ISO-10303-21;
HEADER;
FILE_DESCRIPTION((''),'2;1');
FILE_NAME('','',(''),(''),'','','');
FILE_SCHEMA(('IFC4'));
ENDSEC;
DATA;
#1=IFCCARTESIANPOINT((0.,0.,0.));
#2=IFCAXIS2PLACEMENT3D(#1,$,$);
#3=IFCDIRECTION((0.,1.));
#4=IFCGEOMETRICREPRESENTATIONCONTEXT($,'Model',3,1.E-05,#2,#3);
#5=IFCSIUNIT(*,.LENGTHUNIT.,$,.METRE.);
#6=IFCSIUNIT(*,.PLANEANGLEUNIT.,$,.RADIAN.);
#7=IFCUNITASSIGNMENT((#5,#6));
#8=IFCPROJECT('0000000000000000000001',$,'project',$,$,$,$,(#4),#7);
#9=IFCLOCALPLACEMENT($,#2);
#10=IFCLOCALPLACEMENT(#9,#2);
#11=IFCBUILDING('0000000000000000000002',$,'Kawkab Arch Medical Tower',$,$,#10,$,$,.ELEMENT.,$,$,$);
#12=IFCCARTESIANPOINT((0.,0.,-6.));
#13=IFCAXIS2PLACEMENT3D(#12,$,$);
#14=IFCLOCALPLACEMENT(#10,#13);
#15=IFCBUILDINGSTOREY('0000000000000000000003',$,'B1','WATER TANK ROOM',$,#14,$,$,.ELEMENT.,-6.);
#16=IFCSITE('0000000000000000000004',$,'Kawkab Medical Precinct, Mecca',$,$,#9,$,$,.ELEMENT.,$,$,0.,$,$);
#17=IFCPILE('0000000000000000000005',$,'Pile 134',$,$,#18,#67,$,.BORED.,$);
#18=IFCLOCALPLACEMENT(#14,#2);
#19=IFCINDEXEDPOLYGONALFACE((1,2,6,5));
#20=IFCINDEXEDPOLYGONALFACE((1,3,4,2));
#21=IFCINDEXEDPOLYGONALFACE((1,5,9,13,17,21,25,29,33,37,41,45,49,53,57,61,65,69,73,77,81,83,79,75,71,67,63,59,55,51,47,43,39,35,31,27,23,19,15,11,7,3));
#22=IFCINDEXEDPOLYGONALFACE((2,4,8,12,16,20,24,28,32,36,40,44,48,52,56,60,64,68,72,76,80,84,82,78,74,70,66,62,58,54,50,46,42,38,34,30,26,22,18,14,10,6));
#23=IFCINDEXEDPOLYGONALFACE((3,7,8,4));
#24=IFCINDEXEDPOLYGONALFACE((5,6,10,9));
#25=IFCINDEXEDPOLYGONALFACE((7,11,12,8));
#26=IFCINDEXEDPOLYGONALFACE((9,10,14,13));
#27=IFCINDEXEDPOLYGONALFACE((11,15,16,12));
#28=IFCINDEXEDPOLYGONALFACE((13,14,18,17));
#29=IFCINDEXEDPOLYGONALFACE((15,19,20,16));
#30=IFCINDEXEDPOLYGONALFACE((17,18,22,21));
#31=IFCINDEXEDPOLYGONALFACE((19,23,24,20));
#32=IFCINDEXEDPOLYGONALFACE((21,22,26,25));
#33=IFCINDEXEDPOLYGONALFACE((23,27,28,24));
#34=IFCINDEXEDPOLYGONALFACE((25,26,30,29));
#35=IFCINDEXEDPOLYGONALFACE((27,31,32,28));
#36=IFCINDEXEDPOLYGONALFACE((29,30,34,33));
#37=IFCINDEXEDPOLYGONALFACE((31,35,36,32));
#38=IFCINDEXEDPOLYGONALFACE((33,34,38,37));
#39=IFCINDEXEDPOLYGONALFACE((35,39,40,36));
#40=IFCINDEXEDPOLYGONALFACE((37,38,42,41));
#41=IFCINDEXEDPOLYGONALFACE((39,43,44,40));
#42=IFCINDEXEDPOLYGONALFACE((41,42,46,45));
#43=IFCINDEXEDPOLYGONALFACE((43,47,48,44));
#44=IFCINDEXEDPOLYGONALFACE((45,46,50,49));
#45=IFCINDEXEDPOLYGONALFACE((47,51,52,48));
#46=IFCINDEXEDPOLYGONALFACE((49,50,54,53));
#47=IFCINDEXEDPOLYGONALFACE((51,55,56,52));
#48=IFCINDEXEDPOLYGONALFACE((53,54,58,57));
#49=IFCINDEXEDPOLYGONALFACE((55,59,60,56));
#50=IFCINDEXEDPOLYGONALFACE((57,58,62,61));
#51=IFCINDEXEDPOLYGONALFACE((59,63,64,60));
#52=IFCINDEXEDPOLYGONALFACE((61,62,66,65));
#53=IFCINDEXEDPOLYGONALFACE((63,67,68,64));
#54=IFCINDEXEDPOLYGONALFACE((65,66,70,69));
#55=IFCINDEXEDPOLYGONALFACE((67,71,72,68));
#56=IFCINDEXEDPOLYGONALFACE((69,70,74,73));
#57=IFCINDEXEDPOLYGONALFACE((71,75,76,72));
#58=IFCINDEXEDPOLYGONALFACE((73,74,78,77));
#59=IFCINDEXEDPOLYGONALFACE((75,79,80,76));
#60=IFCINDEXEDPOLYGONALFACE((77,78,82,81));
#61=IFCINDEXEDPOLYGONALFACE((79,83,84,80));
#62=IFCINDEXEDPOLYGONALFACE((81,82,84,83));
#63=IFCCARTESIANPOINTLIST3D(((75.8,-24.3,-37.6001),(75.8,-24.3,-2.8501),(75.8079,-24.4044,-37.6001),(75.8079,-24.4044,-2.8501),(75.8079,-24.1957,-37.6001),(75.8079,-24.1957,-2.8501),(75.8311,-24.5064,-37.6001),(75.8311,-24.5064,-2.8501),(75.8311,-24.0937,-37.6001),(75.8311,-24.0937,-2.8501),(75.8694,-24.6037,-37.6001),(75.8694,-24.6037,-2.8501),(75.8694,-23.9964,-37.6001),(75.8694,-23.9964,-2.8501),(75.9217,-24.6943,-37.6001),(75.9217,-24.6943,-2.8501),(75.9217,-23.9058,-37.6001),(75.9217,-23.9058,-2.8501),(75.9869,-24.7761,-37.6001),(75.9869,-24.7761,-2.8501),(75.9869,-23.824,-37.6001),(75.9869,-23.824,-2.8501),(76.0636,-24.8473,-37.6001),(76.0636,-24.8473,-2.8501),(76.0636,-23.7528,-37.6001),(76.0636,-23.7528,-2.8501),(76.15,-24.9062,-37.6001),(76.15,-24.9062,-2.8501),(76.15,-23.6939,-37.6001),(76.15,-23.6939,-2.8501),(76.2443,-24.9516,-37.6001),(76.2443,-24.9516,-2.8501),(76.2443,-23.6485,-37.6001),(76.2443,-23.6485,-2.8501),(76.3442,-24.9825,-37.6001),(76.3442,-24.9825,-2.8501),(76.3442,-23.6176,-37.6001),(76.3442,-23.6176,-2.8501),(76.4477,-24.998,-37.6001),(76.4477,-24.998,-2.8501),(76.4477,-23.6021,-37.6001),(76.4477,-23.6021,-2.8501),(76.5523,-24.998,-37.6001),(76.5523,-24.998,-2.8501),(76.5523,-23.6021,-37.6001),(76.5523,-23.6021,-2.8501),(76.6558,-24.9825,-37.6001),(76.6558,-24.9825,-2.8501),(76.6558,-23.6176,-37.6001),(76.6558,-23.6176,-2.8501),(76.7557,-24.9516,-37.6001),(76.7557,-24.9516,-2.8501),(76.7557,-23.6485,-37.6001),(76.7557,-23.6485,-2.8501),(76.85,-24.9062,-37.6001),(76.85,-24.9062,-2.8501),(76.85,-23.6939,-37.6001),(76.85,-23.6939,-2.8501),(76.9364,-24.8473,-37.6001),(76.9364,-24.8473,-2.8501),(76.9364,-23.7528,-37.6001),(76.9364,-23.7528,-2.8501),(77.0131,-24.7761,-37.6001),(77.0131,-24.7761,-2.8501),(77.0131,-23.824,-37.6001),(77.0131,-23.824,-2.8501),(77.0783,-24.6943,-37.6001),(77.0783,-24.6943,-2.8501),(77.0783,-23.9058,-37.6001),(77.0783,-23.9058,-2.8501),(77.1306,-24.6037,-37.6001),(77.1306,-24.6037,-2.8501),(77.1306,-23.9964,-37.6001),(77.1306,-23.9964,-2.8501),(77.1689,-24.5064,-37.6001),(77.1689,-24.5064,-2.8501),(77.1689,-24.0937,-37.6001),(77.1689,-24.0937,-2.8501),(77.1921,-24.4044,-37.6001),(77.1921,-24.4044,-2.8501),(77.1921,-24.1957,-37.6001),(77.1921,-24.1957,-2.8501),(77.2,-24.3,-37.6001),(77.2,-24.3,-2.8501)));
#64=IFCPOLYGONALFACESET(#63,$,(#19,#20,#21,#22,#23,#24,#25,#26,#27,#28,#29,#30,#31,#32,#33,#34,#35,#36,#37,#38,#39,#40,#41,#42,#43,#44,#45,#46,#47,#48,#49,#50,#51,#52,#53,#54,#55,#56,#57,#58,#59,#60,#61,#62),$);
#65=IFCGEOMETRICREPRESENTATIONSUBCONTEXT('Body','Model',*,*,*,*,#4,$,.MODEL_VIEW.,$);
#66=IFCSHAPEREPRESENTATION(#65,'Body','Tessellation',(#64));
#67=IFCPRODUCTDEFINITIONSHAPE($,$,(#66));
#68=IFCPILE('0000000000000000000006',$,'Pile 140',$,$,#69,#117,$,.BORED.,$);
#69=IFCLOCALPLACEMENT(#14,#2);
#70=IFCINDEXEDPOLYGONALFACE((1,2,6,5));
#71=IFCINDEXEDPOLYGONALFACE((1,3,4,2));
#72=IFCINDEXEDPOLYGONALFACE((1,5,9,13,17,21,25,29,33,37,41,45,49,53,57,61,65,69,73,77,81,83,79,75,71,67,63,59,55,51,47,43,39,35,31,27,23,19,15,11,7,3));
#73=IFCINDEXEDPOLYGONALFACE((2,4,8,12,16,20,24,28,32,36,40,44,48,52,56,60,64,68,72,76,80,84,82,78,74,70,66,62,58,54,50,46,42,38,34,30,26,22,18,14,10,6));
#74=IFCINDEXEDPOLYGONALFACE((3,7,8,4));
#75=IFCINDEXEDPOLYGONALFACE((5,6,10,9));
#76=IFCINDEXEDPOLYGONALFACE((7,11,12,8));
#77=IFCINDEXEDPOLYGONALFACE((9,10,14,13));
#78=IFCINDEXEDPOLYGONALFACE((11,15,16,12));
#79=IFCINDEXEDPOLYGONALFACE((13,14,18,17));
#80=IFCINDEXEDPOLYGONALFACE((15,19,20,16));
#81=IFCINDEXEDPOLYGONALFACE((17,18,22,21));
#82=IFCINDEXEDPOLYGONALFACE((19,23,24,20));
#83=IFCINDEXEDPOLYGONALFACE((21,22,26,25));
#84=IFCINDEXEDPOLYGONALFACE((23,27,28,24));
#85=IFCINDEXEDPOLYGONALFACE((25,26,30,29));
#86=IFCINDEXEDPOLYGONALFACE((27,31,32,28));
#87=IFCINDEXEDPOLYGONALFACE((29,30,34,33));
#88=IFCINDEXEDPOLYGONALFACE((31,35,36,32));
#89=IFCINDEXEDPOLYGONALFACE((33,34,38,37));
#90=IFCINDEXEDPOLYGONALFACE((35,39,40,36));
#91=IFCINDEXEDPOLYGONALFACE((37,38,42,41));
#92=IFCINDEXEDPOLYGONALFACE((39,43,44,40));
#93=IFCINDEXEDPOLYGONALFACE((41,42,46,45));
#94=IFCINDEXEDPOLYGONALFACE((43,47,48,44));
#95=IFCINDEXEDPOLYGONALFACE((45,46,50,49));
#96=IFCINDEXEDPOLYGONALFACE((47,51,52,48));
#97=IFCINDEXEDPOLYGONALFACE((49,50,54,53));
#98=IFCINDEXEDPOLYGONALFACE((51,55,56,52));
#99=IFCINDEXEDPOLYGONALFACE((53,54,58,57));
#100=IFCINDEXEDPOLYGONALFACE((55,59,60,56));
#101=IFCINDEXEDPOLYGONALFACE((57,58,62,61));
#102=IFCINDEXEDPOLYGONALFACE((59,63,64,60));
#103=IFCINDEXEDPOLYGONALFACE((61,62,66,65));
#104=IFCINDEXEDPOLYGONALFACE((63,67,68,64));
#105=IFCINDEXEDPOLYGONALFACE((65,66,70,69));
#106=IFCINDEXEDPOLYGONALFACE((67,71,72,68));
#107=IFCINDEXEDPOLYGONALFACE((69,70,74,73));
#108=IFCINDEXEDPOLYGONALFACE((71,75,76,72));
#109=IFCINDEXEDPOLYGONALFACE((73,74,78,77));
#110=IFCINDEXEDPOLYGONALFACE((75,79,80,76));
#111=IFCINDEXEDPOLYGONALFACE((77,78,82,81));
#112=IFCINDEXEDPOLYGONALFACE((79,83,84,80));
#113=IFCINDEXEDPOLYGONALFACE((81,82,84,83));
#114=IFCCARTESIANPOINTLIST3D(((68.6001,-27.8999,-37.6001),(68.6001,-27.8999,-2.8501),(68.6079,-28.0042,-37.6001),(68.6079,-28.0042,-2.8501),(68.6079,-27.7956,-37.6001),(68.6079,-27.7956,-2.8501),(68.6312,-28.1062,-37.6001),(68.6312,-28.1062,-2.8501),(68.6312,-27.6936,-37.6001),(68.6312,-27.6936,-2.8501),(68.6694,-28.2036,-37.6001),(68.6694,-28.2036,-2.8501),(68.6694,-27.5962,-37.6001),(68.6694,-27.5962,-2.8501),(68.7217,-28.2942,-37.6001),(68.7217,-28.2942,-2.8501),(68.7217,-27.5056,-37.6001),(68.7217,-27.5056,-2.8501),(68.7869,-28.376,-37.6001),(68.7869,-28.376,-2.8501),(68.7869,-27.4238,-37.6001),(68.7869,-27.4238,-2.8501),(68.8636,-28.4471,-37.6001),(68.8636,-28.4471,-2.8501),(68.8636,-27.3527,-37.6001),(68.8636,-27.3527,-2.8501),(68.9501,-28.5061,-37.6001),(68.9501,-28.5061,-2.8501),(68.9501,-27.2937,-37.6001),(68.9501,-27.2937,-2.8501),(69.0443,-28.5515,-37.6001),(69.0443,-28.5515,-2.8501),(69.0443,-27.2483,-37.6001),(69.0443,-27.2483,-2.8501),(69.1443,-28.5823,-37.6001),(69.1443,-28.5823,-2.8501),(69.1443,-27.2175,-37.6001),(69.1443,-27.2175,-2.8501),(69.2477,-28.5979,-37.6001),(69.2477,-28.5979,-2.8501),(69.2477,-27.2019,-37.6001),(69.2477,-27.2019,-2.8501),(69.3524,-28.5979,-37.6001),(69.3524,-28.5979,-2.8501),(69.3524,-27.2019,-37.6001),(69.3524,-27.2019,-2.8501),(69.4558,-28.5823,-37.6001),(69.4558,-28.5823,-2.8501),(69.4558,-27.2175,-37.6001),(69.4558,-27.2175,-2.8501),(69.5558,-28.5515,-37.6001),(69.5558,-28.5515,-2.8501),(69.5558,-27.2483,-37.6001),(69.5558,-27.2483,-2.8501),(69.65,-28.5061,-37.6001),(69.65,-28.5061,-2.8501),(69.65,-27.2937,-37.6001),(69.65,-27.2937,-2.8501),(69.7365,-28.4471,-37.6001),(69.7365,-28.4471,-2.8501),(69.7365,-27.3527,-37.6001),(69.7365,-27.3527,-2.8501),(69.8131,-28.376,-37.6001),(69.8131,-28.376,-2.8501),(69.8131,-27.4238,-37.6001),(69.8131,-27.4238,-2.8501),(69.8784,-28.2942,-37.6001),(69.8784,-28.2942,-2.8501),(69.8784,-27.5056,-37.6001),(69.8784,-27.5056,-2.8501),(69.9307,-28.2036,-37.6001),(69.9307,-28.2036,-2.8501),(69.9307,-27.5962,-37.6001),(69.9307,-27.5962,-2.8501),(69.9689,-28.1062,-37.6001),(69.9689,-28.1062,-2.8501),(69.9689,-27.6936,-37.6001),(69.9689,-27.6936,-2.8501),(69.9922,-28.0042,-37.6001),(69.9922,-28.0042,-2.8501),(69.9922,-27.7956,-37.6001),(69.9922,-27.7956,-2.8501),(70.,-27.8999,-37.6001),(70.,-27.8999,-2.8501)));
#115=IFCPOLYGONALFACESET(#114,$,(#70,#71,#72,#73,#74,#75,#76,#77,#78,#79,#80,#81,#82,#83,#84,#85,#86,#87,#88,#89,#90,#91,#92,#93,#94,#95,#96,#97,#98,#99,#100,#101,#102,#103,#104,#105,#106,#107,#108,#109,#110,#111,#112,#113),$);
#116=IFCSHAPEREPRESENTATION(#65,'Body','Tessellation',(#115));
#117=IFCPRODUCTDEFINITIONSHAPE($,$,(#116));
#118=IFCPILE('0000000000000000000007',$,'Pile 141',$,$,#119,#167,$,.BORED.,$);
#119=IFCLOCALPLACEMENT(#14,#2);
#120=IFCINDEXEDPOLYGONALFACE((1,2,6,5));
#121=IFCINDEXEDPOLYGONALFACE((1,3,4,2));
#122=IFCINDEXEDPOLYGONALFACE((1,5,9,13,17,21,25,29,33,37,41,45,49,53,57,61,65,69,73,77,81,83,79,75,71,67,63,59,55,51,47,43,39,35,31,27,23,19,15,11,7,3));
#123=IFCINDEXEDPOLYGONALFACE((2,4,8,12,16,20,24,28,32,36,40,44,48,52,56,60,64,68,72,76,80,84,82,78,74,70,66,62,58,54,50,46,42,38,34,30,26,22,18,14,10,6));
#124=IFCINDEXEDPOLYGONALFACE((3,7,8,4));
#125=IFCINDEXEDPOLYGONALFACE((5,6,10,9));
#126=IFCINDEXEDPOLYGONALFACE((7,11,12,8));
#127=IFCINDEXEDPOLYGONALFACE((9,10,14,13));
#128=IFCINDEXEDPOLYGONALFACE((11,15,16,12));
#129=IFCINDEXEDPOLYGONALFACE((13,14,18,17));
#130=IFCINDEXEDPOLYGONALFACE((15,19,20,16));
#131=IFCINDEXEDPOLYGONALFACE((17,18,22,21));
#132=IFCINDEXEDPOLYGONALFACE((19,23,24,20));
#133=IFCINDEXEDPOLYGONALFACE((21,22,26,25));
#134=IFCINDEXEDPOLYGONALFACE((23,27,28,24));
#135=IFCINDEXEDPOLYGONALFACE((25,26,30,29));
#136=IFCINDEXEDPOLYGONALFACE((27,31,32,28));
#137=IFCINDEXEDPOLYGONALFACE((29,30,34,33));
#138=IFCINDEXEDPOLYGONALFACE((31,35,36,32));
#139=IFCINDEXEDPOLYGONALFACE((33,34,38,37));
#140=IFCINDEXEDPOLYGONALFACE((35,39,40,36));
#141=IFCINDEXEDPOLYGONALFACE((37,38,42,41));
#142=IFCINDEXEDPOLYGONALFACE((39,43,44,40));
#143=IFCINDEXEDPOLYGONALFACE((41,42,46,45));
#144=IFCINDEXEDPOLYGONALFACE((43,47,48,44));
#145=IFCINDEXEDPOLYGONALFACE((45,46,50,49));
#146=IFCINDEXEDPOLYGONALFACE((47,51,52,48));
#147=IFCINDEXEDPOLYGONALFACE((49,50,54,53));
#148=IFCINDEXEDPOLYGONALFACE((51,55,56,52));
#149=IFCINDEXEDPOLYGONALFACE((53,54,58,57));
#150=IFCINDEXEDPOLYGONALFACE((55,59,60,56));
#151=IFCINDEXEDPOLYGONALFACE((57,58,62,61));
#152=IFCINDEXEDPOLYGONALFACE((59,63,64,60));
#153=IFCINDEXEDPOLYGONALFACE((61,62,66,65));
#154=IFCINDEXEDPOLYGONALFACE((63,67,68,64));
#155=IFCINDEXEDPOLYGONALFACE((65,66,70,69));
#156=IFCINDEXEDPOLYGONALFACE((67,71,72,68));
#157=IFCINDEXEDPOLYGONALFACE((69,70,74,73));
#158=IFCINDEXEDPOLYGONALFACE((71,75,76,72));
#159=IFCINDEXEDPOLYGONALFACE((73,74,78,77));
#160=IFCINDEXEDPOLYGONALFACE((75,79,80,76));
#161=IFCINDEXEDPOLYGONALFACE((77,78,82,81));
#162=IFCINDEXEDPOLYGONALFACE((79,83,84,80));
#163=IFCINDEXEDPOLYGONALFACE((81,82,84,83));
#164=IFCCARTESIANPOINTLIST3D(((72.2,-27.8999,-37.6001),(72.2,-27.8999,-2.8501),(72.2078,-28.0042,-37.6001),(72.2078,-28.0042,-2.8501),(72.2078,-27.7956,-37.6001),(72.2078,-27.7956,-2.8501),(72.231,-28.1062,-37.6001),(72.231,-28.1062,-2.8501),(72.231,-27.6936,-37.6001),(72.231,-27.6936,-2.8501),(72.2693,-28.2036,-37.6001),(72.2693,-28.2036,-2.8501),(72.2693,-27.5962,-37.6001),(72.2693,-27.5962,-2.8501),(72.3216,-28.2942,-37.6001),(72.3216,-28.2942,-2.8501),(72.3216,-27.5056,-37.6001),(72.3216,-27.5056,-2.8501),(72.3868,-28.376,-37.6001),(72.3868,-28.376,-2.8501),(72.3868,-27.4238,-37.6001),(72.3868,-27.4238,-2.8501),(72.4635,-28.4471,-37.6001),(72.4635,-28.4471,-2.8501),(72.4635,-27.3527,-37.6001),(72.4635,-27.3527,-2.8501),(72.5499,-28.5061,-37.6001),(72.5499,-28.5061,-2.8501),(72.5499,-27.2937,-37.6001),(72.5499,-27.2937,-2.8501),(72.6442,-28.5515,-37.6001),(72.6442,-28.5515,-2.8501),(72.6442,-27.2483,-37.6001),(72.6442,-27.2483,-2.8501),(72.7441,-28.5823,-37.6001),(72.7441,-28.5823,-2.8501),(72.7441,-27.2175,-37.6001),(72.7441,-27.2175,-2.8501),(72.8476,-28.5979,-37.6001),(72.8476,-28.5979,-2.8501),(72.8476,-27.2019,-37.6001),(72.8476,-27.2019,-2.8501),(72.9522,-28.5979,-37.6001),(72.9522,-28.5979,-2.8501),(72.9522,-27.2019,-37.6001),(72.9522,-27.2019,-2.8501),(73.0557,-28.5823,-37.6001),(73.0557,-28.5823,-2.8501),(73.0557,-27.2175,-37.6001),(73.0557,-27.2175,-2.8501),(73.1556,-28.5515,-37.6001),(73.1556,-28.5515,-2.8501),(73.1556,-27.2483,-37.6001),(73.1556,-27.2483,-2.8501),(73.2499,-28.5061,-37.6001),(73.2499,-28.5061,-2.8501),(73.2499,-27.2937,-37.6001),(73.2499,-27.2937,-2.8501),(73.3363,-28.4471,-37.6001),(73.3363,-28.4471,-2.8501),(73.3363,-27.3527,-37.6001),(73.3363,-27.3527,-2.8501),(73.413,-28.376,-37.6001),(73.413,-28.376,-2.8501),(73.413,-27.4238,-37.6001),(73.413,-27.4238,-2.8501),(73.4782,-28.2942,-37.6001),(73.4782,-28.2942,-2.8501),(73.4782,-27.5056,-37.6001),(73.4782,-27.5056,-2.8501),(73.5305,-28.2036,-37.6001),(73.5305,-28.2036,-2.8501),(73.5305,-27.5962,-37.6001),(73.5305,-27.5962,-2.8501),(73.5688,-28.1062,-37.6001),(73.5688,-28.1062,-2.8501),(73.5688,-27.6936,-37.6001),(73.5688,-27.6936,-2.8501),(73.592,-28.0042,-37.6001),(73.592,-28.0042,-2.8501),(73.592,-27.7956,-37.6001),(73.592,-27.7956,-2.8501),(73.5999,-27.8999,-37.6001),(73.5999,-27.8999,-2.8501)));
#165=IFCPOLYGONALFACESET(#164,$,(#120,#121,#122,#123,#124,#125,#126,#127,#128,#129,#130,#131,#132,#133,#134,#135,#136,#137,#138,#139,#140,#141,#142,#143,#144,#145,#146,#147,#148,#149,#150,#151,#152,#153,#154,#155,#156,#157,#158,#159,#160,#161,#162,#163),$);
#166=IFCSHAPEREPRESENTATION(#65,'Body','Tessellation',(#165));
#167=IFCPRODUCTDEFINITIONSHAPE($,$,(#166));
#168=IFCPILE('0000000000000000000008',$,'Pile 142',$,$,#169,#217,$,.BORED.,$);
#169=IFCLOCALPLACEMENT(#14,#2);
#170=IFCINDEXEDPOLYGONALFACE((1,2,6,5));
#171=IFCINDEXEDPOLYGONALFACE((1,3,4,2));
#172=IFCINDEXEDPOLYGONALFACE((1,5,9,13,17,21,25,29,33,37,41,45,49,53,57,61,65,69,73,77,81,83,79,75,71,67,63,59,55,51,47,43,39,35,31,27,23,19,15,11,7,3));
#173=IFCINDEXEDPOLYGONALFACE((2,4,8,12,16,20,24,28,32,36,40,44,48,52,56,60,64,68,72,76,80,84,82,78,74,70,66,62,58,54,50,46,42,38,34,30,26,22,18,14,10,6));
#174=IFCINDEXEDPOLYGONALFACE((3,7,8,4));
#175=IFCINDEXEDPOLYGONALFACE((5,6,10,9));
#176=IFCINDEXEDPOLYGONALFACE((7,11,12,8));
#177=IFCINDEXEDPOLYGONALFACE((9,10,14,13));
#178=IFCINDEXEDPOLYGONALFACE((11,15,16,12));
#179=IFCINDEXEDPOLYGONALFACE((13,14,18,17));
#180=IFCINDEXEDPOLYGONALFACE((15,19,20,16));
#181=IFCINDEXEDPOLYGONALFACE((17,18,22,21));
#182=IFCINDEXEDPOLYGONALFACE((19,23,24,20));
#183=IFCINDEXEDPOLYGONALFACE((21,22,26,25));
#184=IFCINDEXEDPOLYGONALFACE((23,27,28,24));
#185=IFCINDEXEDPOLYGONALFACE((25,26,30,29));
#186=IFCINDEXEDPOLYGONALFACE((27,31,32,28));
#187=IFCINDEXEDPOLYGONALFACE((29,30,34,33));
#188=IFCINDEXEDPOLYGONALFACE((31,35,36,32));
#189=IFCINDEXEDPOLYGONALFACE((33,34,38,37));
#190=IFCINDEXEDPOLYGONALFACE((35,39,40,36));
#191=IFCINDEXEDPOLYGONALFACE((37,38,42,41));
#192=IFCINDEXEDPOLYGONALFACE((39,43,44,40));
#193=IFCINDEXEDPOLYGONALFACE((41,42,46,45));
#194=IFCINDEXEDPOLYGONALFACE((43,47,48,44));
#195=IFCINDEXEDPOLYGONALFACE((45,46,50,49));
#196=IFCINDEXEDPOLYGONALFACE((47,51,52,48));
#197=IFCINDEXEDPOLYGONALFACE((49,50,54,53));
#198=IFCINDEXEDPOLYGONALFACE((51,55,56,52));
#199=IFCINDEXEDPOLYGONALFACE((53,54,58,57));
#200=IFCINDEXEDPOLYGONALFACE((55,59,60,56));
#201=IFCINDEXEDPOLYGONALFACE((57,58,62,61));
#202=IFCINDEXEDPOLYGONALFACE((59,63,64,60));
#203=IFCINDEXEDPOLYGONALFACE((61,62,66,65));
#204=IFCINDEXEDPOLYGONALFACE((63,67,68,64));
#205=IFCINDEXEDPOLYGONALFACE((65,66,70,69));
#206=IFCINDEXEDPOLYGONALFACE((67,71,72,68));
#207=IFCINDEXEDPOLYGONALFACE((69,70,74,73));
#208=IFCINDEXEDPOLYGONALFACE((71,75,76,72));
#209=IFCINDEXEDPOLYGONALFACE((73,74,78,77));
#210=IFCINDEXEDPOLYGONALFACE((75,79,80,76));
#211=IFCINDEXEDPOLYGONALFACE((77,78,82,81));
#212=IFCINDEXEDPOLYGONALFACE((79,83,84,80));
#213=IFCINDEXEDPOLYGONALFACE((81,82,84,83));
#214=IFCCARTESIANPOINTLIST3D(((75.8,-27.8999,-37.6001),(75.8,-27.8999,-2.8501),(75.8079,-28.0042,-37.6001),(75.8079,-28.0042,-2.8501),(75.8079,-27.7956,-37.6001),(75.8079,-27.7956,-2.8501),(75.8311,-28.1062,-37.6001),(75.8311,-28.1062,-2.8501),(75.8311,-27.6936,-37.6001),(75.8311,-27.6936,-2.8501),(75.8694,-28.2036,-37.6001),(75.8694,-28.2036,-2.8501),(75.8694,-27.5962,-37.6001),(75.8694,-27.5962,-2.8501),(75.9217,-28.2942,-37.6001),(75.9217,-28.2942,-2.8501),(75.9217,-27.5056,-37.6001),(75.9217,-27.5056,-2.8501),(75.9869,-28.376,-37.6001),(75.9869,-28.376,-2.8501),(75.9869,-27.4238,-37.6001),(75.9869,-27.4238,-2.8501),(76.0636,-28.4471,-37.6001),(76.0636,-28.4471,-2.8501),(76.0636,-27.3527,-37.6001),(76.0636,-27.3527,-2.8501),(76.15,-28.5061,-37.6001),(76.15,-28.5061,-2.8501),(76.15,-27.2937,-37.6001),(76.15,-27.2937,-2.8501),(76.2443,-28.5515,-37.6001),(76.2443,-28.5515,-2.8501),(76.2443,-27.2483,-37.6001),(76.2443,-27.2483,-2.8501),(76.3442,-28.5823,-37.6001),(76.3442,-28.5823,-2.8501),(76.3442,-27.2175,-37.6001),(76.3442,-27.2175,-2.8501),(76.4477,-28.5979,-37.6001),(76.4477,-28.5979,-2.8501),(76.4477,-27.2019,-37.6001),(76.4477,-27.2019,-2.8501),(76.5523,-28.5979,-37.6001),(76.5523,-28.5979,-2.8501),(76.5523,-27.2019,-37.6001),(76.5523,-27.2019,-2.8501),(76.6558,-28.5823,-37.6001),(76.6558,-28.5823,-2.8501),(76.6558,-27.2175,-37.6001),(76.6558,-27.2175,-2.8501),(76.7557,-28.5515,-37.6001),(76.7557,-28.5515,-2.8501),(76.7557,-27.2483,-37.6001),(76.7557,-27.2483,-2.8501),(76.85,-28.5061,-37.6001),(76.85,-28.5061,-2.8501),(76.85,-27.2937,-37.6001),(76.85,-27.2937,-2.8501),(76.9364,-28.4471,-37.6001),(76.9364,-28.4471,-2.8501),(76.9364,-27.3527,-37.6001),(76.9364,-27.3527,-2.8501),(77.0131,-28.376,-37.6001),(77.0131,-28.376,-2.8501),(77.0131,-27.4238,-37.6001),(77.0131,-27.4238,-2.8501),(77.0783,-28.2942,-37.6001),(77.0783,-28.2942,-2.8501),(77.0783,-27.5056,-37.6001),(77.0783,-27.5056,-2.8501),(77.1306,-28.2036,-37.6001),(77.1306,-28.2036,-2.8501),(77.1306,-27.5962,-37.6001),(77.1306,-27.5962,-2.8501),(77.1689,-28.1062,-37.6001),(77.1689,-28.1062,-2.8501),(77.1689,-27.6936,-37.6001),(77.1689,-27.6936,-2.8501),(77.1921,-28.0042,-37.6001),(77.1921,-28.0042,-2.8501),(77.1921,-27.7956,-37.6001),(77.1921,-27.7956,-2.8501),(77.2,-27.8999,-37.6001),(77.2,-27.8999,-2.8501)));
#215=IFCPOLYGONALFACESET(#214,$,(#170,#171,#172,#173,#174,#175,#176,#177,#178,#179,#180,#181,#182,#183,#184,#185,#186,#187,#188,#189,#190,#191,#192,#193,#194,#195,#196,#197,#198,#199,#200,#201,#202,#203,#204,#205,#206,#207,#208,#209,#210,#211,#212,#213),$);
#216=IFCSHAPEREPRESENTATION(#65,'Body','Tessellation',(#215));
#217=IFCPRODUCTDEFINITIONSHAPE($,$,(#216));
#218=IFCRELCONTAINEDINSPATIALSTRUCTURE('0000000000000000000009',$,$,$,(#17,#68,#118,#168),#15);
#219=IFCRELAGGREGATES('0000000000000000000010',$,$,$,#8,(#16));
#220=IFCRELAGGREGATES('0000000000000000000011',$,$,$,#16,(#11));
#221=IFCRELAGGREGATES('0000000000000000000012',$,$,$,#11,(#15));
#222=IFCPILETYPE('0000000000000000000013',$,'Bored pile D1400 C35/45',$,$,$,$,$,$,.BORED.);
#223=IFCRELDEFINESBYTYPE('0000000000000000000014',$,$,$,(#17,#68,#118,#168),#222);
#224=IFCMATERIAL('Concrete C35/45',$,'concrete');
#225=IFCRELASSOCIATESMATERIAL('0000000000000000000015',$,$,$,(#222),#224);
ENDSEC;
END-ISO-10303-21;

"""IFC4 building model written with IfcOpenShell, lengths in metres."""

from ifc_helpers import new_model, si_unit, direction, frame, origin, origin_2d, place, context, subcontext, project, spatial, circle, extrude, material, material_profile, profile_set, type_object, element, save


model = new_model("IFC4")

# Units and contexts
model_context = context("Model", 3, precision=1e-05, world=origin(), true_north=direction((0.0, 1.0)))
body_context = subcontext(model_context, "Body", "Model", "MODEL_VIEW")
ifc_project = project(units=[si_unit("LENGTHUNIT", "METRE"), si_unit("PLANEANGLEUNIT", "RADIAN")], contexts=[model_context])

# Site, building, storey
site_placement = place(None, origin())
site = spatial("IfcSite", under=ifc_project, at=site_placement, Name="Kawkab Medical Precinct, Mecca", CompositionType="ELEMENT", RefElevation=0.0)
building_placement = place(site_placement, origin())
building = spatial("IfcBuilding", under=site, at=building_placement, Name="Kawkab Arch Medical Tower", CompositionType="ELEMENT")
storey_placement = place(building_placement, frame((0.0, 0.0, -6.0)))
storey = spatial("IfcBuildingStorey", under=building, at=storey_placement, Name="B1", Description="WATER TANK ROOM", CompositionType="ELEMENT", Elevation=-6.0)

# Piles
ifc_material_1 = material(Name="Concrete C35/45", Category="concrete")
ifc_material_profile_1 = material_profile(ifc_material_1, circle(Radius=0.7, at=origin_2d()), Name="Bored pile D1400")
ifc_profile_set_1 = profile_set([ifc_material_profile_1], Name="Concrete C35/45")
pile_type_1 = type_object("IfcPileType", Name="Bored pile D1400 C35/45", PredefinedType="BORED", material=ifc_profile_set_1)
for number, where, z_axis, x_axis, name in (
    (1, (76.5, -24.3, -2.8501), (0.0, 0.0, -1.0), (1.0, 0.0, 0.0), "Pile 134"),
    (2, (69.3, -27.8999, -2.8501), (0.0, 0.0, -1.0), (1.0, 0.0, 0.0), "Pile 140"),
    (3, (72.8999, -27.8999, -2.8501), (0.0, 0.0, -1.0), (1.0, 0.0, 0.0), "Pile 141"),
    (4, (76.5, -27.8999, -2.8501), (0.0, 0.0, -1.0), (1.0, 0.0, 0.0), "Pile 142"),
):
    element("IfcPile", number, at=place(storey_placement, frame(where, z_axis=z_axis, x_axis=x_axis)), inside=storey, type_object=pile_type_1, Name=name, PredefinedType="BORED", context=body_context, shape_type="SweptSolid", body=[
        extrude(circle(Radius=0.7, at=origin_2d()), origin(), (0.0, 0.0, 1.0), 34.75),
    ])

save(model, "model.ifc")
